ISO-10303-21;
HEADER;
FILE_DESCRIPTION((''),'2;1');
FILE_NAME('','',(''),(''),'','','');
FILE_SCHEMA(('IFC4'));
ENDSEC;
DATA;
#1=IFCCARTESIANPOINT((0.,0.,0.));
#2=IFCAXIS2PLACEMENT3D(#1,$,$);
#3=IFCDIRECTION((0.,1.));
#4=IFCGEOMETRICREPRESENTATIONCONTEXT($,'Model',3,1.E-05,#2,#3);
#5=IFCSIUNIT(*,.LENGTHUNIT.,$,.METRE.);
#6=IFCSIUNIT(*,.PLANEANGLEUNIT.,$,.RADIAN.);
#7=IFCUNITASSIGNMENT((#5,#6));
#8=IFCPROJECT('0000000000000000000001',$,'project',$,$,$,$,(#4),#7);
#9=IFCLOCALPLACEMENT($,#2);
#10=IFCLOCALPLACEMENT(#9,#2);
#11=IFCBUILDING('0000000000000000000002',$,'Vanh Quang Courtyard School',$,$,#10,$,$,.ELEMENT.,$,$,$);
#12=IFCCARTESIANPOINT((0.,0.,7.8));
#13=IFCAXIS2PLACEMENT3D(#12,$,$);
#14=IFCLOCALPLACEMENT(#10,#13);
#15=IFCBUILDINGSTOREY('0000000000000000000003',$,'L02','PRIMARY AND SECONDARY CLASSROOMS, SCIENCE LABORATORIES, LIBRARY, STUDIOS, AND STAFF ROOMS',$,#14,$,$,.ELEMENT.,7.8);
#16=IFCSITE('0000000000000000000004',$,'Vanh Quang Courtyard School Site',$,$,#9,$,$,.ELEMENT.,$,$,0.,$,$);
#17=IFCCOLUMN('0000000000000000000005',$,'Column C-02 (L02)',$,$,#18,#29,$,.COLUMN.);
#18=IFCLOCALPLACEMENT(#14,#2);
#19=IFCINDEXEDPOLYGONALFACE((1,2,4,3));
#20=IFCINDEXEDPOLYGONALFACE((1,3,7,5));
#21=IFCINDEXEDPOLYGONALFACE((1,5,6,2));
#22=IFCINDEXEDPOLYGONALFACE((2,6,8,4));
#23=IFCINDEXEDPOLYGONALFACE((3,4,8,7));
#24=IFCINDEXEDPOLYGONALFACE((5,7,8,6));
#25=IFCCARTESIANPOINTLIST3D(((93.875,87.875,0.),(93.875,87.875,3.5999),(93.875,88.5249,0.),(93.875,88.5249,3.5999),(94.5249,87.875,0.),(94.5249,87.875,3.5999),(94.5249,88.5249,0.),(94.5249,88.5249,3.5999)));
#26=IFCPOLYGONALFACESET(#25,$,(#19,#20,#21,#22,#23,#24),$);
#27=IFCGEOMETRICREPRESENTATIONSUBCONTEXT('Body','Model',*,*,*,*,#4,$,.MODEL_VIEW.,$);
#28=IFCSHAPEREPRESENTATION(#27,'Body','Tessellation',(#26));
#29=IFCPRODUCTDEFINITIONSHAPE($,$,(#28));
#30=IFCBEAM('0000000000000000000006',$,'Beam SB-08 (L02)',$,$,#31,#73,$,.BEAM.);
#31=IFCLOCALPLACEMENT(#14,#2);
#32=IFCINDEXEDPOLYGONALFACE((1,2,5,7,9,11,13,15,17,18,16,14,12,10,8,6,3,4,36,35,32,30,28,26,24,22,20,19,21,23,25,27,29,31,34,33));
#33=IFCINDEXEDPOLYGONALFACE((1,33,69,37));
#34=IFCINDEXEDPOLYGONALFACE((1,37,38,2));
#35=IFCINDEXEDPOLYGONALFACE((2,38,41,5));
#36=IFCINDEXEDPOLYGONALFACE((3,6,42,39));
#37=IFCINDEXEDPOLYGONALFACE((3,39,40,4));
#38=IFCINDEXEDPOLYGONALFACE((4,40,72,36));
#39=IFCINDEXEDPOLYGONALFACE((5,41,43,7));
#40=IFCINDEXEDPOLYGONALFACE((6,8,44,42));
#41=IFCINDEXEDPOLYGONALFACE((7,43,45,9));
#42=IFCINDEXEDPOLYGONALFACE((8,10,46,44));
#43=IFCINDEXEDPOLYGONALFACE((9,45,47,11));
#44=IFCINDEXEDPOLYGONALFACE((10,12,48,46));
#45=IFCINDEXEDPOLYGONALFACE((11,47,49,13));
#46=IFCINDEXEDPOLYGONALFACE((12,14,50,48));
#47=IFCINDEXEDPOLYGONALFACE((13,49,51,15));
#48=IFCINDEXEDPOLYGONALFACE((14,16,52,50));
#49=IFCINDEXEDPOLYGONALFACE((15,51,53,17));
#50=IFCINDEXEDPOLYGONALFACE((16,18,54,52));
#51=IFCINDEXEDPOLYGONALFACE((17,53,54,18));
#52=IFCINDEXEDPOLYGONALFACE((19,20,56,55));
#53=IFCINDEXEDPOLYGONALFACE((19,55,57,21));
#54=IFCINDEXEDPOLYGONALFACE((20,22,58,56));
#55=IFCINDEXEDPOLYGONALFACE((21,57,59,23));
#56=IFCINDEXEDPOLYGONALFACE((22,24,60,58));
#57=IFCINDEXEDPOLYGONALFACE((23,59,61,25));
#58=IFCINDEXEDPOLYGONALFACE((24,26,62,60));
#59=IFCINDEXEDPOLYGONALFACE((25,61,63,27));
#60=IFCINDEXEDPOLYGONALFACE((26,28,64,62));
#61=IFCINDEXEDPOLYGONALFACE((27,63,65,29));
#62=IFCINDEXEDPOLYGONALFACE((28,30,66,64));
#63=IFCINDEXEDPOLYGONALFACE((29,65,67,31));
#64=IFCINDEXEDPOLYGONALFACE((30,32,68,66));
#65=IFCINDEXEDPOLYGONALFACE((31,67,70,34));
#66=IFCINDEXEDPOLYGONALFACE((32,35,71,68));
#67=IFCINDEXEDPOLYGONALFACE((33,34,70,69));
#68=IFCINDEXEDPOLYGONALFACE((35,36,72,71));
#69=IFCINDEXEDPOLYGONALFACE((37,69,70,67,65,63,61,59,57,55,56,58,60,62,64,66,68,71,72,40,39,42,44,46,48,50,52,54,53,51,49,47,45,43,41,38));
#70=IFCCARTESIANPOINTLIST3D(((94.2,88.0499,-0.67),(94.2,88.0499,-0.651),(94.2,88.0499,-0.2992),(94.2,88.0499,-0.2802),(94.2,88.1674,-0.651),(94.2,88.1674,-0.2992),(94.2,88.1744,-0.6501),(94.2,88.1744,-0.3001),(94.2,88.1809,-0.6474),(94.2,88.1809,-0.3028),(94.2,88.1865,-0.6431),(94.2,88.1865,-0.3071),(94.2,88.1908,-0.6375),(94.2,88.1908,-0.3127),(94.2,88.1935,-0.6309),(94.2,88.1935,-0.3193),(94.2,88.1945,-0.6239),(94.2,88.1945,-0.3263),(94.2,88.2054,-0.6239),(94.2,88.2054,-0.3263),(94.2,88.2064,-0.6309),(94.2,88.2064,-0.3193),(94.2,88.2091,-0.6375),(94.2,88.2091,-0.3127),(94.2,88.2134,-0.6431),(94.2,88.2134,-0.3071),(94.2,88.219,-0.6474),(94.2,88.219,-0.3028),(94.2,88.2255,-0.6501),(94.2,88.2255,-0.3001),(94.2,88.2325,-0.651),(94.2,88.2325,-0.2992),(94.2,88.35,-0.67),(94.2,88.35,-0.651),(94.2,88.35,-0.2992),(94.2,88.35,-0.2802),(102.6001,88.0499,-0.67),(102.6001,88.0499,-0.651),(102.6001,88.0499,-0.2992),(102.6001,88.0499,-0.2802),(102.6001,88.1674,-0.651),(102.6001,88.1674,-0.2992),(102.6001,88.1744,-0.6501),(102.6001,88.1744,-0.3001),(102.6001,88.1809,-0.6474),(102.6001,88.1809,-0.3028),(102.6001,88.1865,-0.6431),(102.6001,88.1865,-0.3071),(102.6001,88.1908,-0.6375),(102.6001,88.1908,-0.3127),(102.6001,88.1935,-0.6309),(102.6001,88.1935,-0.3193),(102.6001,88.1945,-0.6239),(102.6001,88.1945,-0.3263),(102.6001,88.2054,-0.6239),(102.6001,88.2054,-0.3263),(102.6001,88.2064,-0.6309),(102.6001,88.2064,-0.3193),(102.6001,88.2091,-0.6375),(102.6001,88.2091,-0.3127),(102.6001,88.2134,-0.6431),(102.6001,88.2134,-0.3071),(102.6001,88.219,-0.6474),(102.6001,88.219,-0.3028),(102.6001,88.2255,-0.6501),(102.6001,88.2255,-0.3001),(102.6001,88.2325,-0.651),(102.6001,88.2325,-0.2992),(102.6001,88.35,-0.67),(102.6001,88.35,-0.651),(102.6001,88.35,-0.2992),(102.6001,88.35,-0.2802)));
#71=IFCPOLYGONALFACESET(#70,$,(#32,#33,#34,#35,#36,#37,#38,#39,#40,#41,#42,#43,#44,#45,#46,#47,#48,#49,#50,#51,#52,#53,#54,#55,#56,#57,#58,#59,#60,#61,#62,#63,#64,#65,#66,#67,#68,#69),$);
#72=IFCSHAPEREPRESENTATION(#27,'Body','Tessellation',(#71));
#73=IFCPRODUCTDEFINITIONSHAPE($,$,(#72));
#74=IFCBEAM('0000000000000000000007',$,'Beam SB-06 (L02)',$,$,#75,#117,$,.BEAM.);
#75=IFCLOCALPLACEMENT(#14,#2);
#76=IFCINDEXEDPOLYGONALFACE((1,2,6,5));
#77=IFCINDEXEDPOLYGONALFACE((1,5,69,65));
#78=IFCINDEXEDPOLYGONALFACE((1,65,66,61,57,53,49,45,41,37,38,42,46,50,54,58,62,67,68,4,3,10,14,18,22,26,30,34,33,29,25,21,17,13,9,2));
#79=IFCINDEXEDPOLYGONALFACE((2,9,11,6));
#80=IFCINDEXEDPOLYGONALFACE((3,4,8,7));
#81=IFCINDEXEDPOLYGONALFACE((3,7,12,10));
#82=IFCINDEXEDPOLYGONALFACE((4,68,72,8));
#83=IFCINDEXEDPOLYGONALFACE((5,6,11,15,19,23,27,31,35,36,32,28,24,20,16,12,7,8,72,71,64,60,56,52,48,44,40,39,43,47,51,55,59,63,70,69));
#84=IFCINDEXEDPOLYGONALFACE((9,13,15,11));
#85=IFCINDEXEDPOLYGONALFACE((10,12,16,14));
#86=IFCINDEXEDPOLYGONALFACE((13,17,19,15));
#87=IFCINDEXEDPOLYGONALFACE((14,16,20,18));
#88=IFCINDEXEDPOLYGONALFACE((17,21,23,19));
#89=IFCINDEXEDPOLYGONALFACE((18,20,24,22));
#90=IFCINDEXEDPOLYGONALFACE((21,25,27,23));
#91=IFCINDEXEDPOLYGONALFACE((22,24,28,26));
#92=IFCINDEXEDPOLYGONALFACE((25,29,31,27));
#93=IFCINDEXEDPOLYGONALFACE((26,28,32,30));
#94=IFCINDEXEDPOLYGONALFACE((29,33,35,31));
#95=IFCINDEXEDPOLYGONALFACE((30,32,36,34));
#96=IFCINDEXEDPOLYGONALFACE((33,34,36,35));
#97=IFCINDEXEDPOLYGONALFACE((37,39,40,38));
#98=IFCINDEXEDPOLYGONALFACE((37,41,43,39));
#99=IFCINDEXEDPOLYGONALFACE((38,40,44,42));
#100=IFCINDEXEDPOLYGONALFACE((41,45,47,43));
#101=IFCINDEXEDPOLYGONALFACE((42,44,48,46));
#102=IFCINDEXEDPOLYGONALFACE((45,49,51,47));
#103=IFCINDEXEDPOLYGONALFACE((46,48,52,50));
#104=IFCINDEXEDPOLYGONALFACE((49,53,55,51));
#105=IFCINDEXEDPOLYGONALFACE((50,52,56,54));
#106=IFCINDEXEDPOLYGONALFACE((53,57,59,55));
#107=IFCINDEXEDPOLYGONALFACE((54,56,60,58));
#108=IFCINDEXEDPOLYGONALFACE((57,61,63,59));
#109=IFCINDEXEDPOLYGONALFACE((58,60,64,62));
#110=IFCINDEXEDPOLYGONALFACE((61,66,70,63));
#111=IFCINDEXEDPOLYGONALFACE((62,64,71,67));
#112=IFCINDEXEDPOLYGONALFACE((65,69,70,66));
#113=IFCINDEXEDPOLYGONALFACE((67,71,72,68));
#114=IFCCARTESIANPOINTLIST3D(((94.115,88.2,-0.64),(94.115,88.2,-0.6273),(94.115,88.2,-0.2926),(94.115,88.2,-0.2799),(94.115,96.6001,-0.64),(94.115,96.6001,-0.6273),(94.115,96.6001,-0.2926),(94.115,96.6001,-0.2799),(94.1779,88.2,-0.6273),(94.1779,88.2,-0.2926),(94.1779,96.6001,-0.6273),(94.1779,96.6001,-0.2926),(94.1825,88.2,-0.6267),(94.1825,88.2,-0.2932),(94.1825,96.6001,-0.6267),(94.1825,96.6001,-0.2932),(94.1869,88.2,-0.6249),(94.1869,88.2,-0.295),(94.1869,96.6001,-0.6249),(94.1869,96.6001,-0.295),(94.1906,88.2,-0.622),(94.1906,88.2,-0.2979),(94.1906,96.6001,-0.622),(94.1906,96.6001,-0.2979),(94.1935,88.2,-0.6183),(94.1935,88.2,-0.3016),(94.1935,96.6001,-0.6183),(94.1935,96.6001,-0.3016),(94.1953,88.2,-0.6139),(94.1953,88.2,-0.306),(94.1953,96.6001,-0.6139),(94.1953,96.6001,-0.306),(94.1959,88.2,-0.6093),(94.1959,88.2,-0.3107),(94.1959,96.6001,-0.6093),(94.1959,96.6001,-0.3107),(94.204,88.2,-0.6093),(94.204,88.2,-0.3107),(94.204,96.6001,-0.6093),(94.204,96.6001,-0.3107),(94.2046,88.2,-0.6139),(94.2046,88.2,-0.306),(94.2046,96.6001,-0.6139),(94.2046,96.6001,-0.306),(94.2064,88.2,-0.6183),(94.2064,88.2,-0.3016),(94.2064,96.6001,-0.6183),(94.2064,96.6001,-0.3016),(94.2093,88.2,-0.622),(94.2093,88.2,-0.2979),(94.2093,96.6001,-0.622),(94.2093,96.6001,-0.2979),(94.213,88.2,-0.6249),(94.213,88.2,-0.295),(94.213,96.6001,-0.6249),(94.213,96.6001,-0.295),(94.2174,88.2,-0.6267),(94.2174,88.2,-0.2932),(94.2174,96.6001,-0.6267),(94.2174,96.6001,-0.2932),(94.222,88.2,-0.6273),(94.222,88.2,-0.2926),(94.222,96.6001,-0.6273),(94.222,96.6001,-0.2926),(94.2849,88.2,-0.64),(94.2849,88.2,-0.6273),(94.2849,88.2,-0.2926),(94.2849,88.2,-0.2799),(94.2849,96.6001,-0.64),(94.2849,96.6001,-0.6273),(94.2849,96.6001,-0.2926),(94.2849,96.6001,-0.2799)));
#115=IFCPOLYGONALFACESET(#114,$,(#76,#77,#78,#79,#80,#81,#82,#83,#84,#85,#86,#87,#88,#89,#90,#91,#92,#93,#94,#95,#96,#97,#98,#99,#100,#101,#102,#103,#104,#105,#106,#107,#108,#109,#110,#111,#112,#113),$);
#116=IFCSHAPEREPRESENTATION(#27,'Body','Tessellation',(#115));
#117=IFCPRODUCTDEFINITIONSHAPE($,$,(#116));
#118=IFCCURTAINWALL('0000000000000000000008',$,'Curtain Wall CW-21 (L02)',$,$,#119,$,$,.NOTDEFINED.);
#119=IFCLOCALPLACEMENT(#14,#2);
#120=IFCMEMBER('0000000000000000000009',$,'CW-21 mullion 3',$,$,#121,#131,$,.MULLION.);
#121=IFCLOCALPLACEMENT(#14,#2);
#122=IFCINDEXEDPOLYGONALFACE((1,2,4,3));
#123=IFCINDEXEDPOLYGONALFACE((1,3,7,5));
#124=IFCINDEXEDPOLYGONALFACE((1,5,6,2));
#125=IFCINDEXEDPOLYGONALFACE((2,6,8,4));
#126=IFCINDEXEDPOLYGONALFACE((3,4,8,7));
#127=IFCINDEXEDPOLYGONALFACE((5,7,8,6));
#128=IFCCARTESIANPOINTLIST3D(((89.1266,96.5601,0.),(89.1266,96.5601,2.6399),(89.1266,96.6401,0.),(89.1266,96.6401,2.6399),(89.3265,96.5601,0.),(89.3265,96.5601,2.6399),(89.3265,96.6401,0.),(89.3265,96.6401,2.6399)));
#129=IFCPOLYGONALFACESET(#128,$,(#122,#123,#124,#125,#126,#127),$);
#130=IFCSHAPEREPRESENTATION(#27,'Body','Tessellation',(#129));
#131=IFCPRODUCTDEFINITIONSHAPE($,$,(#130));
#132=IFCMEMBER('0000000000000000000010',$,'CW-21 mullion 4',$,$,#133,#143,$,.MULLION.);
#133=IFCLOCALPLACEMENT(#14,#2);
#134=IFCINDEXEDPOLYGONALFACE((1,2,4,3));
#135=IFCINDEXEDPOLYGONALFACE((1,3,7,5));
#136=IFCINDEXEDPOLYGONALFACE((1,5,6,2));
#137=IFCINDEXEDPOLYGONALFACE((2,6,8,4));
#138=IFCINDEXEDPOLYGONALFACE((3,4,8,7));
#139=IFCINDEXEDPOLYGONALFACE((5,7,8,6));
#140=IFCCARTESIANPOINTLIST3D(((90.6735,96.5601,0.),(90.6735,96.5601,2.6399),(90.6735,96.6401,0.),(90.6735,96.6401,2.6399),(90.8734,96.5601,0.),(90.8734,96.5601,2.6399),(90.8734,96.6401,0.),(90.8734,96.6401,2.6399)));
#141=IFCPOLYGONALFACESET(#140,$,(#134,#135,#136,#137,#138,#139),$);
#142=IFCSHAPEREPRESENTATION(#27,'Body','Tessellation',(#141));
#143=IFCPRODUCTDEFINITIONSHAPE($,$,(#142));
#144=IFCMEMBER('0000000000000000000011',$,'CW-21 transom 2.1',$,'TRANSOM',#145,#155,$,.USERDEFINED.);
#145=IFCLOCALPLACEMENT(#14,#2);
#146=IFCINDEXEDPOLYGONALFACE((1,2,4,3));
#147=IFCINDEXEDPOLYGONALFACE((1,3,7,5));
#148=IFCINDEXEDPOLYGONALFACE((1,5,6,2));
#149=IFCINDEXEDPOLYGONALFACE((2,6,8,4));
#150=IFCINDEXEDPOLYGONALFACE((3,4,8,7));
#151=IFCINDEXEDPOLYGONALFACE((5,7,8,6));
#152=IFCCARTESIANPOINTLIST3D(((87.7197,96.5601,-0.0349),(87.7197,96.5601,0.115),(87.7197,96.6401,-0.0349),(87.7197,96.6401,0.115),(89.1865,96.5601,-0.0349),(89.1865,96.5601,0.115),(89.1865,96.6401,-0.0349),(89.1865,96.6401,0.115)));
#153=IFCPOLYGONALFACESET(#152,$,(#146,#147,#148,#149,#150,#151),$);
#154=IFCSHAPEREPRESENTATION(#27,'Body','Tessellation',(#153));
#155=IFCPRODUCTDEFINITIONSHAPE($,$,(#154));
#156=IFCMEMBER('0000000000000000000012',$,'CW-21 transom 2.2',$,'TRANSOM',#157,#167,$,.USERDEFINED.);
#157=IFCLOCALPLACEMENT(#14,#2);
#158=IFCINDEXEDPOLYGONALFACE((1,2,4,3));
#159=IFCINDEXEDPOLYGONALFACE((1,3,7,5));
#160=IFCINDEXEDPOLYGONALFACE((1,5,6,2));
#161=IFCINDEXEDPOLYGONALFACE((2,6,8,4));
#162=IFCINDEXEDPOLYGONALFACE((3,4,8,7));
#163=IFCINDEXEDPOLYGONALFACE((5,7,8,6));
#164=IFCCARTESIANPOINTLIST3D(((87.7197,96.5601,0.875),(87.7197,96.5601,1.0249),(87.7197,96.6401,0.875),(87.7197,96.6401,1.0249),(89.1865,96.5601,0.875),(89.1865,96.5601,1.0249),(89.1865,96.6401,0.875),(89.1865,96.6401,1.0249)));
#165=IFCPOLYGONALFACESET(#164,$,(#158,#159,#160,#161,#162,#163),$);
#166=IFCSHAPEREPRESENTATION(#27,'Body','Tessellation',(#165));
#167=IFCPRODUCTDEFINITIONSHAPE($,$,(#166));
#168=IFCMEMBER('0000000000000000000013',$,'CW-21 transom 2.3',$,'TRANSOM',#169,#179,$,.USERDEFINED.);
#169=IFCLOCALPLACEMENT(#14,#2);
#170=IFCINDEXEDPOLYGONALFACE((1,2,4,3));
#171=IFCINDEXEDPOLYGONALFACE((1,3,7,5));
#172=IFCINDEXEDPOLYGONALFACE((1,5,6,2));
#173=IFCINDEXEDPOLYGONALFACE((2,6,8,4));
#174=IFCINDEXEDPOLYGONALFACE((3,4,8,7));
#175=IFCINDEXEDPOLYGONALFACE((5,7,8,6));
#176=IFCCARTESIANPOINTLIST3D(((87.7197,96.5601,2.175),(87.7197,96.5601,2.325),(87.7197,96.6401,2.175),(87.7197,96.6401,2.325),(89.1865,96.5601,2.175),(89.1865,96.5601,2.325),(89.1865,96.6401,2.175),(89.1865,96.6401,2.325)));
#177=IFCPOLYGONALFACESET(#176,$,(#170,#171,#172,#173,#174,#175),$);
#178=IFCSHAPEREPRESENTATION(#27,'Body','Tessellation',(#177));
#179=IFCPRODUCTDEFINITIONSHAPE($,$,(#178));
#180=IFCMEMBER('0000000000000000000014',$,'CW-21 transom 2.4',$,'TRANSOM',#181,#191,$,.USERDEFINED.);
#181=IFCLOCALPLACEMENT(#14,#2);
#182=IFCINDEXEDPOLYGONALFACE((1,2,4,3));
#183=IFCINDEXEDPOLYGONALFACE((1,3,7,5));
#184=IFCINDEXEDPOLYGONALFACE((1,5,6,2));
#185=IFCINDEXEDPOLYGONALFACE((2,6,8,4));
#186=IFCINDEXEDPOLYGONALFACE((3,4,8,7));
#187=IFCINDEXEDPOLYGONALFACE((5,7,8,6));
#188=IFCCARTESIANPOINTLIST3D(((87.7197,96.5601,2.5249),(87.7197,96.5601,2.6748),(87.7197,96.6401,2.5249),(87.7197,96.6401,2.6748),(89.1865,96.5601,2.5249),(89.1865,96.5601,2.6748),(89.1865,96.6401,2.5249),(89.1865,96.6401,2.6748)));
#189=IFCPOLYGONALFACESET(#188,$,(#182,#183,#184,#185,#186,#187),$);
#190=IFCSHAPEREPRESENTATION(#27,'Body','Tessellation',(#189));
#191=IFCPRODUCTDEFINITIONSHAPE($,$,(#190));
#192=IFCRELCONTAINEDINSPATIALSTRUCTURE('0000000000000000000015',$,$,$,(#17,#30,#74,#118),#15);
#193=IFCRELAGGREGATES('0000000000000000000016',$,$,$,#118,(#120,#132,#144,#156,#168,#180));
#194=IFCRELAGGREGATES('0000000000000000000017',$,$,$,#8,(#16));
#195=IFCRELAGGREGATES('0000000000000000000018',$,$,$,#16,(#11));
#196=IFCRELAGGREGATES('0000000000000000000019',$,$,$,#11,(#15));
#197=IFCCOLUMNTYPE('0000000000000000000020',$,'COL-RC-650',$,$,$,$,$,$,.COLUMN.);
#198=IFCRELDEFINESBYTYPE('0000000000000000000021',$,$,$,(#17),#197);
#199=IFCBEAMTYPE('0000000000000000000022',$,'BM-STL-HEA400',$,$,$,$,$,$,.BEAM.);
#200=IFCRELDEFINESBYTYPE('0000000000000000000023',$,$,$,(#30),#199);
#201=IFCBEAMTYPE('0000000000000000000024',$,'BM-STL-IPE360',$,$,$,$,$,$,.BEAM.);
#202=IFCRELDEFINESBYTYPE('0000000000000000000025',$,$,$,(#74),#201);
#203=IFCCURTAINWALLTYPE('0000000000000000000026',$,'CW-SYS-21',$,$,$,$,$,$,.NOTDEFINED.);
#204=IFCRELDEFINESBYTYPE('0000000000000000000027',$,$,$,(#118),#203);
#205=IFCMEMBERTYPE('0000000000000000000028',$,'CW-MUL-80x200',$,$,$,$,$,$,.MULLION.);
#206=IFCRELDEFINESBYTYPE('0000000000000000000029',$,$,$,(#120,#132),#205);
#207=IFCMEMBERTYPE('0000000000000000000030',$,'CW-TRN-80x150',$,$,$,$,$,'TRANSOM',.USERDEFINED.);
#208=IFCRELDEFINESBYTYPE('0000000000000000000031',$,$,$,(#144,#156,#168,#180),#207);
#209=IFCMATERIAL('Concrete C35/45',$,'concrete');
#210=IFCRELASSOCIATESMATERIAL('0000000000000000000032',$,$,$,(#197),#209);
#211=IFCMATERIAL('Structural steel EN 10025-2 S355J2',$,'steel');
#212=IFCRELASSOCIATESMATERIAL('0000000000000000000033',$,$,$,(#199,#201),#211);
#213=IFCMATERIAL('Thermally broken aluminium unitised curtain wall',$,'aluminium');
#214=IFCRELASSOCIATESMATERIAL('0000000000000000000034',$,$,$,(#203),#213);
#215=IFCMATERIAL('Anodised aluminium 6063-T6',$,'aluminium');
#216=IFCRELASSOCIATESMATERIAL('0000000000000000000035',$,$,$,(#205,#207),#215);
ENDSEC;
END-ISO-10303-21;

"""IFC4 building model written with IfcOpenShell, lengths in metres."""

from ifc_helpers import new_model, si_unit, direction, frame, origin, origin_2d, place, context, subcontext, project, spatial, rectangle, i_section, extrude, material, material_profile, profile_set, type_object, element, aggregate, save


model = new_model("IFC4")

# Units and contexts
model_context = context("Model", 3, precision=1e-05, world=origin(), true_north=direction((0.0, 1.0)))
body_context = subcontext(model_context, "Body", "Model", "MODEL_VIEW")
ifc_project = project(units=[si_unit("LENGTHUNIT", "METRE"), si_unit("PLANEANGLEUNIT", "RADIAN")], contexts=[model_context])

# Site, building, storey
site_placement = place(None, origin())
site = spatial("IfcSite", under=ifc_project, at=site_placement, Name="Vanh Quang Courtyard School Site", CompositionType="ELEMENT", RefElevation=0.0)
building_placement = place(site_placement, origin())
building = spatial("IfcBuilding", under=site, at=building_placement, Name="Vanh Quang Courtyard School", CompositionType="ELEMENT")
storey_placement = place(building_placement, frame((0.0, 0.0, 7.8)))
storey = spatial("IfcBuildingStorey", under=building, at=storey_placement, Name="L02", Description="PRIMARY AND SECONDARY CLASSROOMS, SCIENCE LABORATORIES, LIBRARY, STUDIOS, AND STAFF ROOMS", CompositionType="ELEMENT", Elevation=7.8)

# Column
ifc_material_1 = material(Name="Concrete C35/45", Category="concrete")
ifc_material_profile_1 = material_profile(ifc_material_1, rectangle(XDim=0.6499, YDim=0.6499, at=origin_2d()), Name="RC-COL 650x650")
ifc_profile_set_1 = profile_set([ifc_material_profile_1], Name="Concrete C35/45")
column_type = type_object("IfcColumnType", Name="COL-RC-650", PredefinedType="COLUMN", material=ifc_profile_set_1)
column_placement = place(storey_placement, frame((94.2, 88.2, 0.0), z_axis=(0.0, 0.0, 1.0), x_axis=(1.0, 0.0, 0.0)))
element("IfcColumn", 1, at=column_placement, inside=storey, type_object=column_type, Name="Column C-02 (L02)", PredefinedType="COLUMN", context=body_context, shape_type="SweptSolid", body=[
    extrude(rectangle(XDim=0.6499, YDim=0.6499, at=origin_2d()), origin(), (0.0, 0.0, 1.0), 3.5999),
])

# Beams
ifc_material_2 = material(Name="Structural steel EN 10025-2 S355J2", Category="steel")
ifc_material_profile_2 = material_profile(ifc_material_2, i_section(OverallWidth=0.3, OverallDepth=0.3899, WebThickness=0.011, FlangeThickness=0.019, FilletRadius=0.0271, at=origin_2d()), Name="HEA 400")
ifc_profile_set_2 = profile_set([ifc_material_profile_2], Name="Structural steel EN 10025-2 S355J2")
beam_type_1 = type_object("IfcBeamType", Name="BM-STL-HEA400", PredefinedType="BEAM", material=ifc_profile_set_2)
beam_1_placement = place(storey_placement, frame((94.2, 88.2, -0.4751), z_axis=(1.0, 0.0, 0.0), x_axis=(0.0, 1.0, 0.0)))
element("IfcBeam", 2, at=beam_1_placement, inside=storey, type_object=beam_type_1, Name="Beam SB-08 (L02)", PredefinedType="BEAM", context=body_context, shape_type="SweptSolid", body=[
    extrude(i_section(OverallWidth=0.3, OverallDepth=0.3899, WebThickness=0.011, FlangeThickness=0.019, FilletRadius=0.0271, at=origin_2d()), origin(), (0.0, 0.0, 1.0), 8.4001),
])
ifc_material_profile_3 = material_profile(ifc_material_2, i_section(OverallWidth=0.1699, OverallDepth=0.3601, WebThickness=0.0081, FlangeThickness=0.0127, FilletRadius=0.0181, at=origin_2d()), Name="IPE 360")
ifc_profile_set_3 = profile_set([ifc_material_profile_3], Name="Structural steel EN 10025-2 S355J2")
beam_type_2 = type_object("IfcBeamType", Name="BM-STL-IPE360", PredefinedType="BEAM", material=ifc_profile_set_3)
beam_2_placement = place(storey_placement, frame((94.2, 88.2, -0.46), z_axis=(0.0, 1.0, 0.0), x_axis=(-1.0, 0.0, 0.0)))
element("IfcBeam", 3, at=beam_2_placement, inside=storey, type_object=beam_type_2, Name="Beam SB-06 (L02)", PredefinedType="BEAM", context=body_context, shape_type="SweptSolid", body=[
    extrude(i_section(OverallWidth=0.1699, OverallDepth=0.3601, WebThickness=0.0081, FlangeThickness=0.0127, FilletRadius=0.0181, at=origin_2d()), origin(), (0.0, 0.0, 1.0), 8.4001),
])

# Curtain wall, members
ifc_material_3 = material(Name="Thermally broken aluminium unitised curtain wall", Category="aluminium")
curtain_wall_type = type_object("IfcCurtainWallType", Name="CW-SYS-21", PredefinedType="NOTDEFINED", material=ifc_material_3)
curtain_wall_placement = place(storey_placement, origin())
curtain_wall = element("IfcCurtainWall", 4, at=curtain_wall_placement, inside=storey, type_object=curtain_wall_type, Name="Curtain Wall CW-21 (L02)", PredefinedType="NOTDEFINED")
ifc_material_4 = material(Name="Anodised aluminium 6063-T6", Category="aluminium")
ifc_material_profile_4 = material_profile(ifc_material_4, rectangle(XDim=0.0801, YDim=0.2, at=origin_2d()), Name="ALU-MUL 80x200")
ifc_profile_set_4 = profile_set([ifc_material_profile_4], Name="Anodised aluminium 6063-T6")
member_type_1 = type_object("IfcMemberType", Name="CW-MUL-80x200", PredefinedType="MULLION", material=ifc_profile_set_4)
member_1_placement = place(storey_placement, frame((89.2266, 96.6001, 0.0), z_axis=(0.0, 0.0, 1.0), x_axis=(0.0, 1.0, 0.0)))
member_1 = element("IfcMember", 5, at=member_1_placement, type_object=member_type_1, Name="CW-21 mullion 3", PredefinedType="MULLION", context=body_context, shape_type="SweptSolid", body=[
    extrude(rectangle(XDim=0.0801, YDim=0.2, at=origin_2d()), origin(), (0.0, 0.0, 1.0), 2.6399),
])
member_2_placement = place(storey_placement, frame((90.7734, 96.6001, 0.0), z_axis=(0.0, 0.0, 1.0), x_axis=(0.0, 1.0, 0.0)))
member_2 = element("IfcMember", 6, at=member_2_placement, type_object=member_type_1, Name="CW-21 mullion 4", PredefinedType="MULLION", context=body_context, shape_type="SweptSolid", body=[
    extrude(rectangle(XDim=0.0801, YDim=0.2, at=origin_2d()), origin(), (0.0, 0.0, 1.0), 2.6399),
])
ifc_material_profile_5 = material_profile(ifc_material_4, rectangle(XDim=0.0801, YDim=0.1499, at=origin_2d()), Name="ALU-TRN 80x150")
ifc_profile_set_5 = profile_set([ifc_material_profile_5], Name="Anodised aluminium 6063-T6")
member_type_2 = type_object("IfcMemberType", Name="CW-TRN-80x150", ElementType="TRANSOM", PredefinedType="USERDEFINED", material=ifc_profile_set_5)
member_3_placement = place(storey_placement, frame((87.7197, 96.6001, 0.04), z_axis=(1.0, 0.0, 0.0), x_axis=(0.0, 1.0, 0.0)))
member_3 = element("IfcMember", 7, at=member_3_placement, type_object=member_type_2, Name="CW-21 transom 2.1", ObjectType="TRANSOM", PredefinedType="USERDEFINED", context=body_context, shape_type="SweptSolid", body=[
    extrude(rectangle(XDim=0.0801, YDim=0.1499, at=origin_2d()), origin(), (0.0, 0.0, 1.0), 1.4668),
])
member_4_placement = place(storey_placement, frame((87.7197, 96.6001, 0.95), z_axis=(1.0, 0.0, 0.0), x_axis=(0.0, 1.0, 0.0)))
member_4 = element("IfcMember", 8, at=member_4_placement, type_object=member_type_2, Name="CW-21 transom 2.2", ObjectType="TRANSOM", PredefinedType="USERDEFINED", context=body_context, shape_type="SweptSolid", body=[
    extrude(rectangle(XDim=0.0801, YDim=0.1499, at=origin_2d()), origin(), (0.0, 0.0, 1.0), 1.4668),
])
member_5_placement = place(storey_placement, frame((87.7197, 96.6001, 2.25), z_axis=(1.0, 0.0, 0.0), x_axis=(0.0, 1.0, 0.0)))
member_5 = element("IfcMember", 9, at=member_5_placement, type_object=member_type_2, Name="CW-21 transom 2.3", ObjectType="TRANSOM", PredefinedType="USERDEFINED", context=body_context, shape_type="SweptSolid", body=[
    extrude(rectangle(XDim=0.0801, YDim=0.1499, at=origin_2d()), origin(), (0.0, 0.0, 1.0), 1.4668),
])
member_6_placement = place(storey_placement, frame((87.7197, 96.6001, 2.5999), z_axis=(1.0, 0.0, 0.0), x_axis=(0.0, 1.0, 0.0)))
member_6 = element("IfcMember", 10, at=member_6_placement, type_object=member_type_2, Name="CW-21 transom 2.4", ObjectType="TRANSOM", PredefinedType="USERDEFINED", context=body_context, shape_type="SweptSolid", body=[
    extrude(rectangle(XDim=0.0801, YDim=0.1499, at=origin_2d()), origin(), (0.0, 0.0, 1.0), 1.4668),
])

aggregate(curtain_wall, [member_1, member_2, member_3, member_4, member_5, member_6])

save(model, "model.ifc")
